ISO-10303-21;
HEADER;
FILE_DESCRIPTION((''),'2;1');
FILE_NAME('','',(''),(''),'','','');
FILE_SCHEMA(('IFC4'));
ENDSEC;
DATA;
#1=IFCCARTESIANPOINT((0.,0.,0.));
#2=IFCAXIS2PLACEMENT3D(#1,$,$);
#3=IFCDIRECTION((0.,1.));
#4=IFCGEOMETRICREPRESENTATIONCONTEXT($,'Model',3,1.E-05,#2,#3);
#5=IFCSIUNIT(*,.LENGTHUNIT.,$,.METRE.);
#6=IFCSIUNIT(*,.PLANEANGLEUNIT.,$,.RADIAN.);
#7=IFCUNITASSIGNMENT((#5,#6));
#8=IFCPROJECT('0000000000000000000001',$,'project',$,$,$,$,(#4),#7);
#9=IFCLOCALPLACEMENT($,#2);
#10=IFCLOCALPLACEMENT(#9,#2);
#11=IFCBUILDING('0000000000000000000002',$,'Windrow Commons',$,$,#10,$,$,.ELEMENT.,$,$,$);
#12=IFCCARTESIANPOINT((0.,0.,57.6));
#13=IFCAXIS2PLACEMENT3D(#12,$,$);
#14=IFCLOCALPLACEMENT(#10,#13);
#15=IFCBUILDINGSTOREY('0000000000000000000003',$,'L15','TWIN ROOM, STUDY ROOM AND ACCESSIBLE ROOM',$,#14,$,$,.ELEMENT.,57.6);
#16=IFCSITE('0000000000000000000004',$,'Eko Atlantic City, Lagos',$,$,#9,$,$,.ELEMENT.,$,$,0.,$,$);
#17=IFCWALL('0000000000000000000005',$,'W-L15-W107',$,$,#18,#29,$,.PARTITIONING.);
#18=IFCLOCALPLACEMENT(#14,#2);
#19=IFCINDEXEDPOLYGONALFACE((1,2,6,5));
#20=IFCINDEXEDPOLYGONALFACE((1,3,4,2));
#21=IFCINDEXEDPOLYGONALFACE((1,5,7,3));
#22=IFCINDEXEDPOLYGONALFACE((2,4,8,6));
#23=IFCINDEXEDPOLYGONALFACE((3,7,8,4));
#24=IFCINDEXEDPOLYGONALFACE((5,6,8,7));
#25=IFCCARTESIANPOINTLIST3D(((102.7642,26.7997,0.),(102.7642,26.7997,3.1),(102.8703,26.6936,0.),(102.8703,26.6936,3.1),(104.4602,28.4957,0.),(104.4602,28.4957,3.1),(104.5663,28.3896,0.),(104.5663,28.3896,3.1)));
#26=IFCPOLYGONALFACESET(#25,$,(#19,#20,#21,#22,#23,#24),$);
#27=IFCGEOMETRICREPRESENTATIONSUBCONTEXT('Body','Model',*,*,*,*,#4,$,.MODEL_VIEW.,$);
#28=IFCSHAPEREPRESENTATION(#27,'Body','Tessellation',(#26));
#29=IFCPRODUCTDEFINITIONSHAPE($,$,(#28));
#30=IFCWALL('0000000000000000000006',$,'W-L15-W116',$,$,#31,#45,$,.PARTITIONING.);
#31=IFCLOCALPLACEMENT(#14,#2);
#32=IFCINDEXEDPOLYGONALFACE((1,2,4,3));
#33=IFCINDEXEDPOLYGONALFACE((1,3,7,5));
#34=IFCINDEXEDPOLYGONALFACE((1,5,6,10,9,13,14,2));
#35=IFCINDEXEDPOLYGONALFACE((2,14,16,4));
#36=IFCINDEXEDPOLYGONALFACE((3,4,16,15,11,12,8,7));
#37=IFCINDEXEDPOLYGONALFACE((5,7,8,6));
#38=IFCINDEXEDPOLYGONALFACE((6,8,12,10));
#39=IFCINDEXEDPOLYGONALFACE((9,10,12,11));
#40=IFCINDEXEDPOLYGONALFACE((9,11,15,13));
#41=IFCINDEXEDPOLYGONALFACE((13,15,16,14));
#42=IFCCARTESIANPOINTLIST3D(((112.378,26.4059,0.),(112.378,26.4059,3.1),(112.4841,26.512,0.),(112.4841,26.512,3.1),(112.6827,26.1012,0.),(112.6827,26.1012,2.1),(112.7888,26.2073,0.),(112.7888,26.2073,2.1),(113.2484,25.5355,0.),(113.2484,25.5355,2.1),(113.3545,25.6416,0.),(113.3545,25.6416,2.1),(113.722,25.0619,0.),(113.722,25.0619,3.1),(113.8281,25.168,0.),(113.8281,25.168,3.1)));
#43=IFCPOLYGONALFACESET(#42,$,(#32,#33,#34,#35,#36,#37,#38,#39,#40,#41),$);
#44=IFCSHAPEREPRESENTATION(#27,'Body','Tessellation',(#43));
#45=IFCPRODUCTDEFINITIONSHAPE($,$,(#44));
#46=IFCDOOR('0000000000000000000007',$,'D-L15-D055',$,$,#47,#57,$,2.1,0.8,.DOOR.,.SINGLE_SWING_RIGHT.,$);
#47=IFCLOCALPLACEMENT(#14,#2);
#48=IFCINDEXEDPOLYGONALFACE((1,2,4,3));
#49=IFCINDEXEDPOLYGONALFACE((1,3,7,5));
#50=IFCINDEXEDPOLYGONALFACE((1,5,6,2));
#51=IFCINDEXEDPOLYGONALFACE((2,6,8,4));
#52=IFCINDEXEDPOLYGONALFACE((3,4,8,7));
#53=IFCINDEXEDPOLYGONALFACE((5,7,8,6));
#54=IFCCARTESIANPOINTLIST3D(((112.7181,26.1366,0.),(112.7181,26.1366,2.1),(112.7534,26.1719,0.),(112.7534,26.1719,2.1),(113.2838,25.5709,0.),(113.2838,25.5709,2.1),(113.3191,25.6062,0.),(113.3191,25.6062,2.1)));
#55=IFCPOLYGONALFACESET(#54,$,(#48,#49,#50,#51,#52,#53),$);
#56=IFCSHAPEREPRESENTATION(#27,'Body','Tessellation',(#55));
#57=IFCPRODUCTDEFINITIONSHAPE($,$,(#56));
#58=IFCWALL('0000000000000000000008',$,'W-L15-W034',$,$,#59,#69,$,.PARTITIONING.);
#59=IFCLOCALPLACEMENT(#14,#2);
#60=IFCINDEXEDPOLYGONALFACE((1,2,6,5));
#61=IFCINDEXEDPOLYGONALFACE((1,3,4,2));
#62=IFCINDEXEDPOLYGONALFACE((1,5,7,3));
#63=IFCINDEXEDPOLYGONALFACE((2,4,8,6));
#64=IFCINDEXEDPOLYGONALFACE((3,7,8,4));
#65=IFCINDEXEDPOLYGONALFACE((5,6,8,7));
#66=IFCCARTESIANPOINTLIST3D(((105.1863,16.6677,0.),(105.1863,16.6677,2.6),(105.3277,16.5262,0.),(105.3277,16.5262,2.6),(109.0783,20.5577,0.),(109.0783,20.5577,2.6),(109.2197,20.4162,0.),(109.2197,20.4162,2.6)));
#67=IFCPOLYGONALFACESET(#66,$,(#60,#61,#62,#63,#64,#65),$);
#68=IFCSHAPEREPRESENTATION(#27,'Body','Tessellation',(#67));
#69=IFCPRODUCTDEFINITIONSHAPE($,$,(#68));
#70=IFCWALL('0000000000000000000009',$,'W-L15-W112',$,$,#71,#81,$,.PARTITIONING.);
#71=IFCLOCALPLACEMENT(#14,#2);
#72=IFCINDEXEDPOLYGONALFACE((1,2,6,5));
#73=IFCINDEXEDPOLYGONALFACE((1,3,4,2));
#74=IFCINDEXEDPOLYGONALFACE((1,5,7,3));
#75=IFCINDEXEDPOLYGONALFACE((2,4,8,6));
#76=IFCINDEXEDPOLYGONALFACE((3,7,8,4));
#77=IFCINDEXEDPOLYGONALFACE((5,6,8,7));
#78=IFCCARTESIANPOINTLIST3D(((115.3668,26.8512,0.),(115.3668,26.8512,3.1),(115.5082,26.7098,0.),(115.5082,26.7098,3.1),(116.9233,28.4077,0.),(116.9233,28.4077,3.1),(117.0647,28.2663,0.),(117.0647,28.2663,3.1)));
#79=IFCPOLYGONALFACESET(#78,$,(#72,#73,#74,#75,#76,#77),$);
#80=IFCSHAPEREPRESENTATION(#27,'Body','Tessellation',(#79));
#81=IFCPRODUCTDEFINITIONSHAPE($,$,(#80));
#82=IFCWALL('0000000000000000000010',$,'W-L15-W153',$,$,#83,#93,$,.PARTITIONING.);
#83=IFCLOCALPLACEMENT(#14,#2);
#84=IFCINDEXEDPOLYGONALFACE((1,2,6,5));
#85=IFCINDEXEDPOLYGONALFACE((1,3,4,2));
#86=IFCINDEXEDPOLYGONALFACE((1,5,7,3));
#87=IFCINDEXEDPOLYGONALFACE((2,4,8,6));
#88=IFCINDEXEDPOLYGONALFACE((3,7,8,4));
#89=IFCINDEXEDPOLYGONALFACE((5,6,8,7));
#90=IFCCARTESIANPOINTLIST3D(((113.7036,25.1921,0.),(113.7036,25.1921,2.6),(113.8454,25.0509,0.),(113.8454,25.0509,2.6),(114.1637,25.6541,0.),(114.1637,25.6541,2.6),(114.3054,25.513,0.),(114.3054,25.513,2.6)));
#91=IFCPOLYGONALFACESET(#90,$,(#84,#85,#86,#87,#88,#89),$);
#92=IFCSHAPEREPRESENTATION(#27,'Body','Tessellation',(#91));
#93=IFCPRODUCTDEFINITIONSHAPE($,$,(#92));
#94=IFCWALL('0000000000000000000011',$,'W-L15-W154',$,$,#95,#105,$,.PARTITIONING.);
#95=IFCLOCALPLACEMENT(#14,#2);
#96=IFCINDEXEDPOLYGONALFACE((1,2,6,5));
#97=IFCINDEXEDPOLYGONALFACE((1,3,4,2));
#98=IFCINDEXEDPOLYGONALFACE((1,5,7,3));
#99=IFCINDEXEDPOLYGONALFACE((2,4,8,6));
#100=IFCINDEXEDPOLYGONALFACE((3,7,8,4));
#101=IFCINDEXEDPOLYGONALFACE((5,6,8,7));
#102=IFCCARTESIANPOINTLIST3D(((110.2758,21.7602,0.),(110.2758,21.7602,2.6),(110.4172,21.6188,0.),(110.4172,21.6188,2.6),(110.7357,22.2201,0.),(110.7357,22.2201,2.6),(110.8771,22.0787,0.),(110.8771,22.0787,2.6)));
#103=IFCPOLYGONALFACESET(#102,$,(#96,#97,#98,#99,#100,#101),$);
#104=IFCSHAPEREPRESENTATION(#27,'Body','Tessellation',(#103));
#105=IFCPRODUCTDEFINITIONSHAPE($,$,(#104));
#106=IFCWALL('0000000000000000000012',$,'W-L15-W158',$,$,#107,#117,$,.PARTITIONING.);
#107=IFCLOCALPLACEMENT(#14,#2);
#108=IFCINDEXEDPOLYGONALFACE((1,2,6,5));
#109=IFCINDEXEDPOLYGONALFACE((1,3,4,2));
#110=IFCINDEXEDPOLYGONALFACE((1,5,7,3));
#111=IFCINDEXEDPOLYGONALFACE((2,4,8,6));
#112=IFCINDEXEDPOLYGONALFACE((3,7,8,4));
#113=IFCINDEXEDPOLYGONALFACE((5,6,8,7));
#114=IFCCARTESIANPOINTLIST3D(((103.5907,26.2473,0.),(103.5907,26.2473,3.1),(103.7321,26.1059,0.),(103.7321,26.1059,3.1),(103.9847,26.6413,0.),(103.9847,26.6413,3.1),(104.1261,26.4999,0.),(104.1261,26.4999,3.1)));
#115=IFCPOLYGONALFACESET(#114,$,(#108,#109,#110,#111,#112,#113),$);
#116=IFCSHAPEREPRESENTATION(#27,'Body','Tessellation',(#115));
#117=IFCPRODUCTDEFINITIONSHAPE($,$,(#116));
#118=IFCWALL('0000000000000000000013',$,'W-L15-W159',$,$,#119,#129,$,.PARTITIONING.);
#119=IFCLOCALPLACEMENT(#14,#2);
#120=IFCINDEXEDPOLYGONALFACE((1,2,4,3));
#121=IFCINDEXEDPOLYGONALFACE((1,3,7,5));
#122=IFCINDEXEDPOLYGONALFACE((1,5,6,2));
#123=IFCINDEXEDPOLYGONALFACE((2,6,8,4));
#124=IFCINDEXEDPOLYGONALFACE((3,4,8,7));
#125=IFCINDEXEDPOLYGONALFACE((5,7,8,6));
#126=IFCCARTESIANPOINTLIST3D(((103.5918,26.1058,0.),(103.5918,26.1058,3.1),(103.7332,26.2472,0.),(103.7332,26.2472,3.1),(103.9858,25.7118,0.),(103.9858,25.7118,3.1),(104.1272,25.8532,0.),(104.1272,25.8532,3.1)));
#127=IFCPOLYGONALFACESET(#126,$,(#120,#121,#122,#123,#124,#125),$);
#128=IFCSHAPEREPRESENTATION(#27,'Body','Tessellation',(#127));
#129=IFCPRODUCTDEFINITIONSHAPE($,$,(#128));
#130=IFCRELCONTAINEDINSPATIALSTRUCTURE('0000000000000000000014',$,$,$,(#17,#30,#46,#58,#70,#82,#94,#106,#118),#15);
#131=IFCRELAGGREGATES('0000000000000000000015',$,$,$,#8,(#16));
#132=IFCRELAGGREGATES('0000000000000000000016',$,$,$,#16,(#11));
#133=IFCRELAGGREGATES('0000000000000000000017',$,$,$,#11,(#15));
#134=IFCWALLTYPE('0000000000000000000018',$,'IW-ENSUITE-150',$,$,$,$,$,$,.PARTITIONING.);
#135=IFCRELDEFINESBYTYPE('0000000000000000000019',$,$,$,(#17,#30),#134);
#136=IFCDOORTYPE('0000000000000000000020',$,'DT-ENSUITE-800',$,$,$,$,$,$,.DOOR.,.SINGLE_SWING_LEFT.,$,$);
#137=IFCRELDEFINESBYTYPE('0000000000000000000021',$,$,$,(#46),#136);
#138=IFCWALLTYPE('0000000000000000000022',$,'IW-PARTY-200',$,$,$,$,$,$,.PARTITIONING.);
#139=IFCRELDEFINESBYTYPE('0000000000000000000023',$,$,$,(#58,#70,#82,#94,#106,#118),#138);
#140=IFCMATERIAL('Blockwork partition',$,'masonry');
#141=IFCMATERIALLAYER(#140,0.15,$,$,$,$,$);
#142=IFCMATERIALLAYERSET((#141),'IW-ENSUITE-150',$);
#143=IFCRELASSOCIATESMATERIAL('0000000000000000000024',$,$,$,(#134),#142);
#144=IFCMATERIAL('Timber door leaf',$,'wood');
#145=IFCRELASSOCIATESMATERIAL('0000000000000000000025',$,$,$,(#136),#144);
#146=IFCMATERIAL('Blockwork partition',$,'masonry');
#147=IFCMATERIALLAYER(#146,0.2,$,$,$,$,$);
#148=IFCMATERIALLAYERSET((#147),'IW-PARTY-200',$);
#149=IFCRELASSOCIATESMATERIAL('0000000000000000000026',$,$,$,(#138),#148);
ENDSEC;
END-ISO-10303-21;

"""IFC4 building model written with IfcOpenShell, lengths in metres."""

from ifc_helpers import new_model, si_unit, direction, frame, frame_2d, origin, place, context, subcontext, project, spatial, rectangle, extrude, material, layer, layer_set, type_object, element, fill, save


model = new_model("IFC4")

# Units and contexts
model_context = context("Model", 3, precision=1e-05, world=origin(), true_north=direction((0.0, 1.0)))
body_context = subcontext(model_context, "Body", "Model", "MODEL_VIEW")
ifc_project = project(units=[si_unit("LENGTHUNIT", "METRE"), si_unit("PLANEANGLEUNIT", "RADIAN")], contexts=[model_context])

# Site, building, storey
site_placement = place(None, origin())
site = spatial("IfcSite", under=ifc_project, at=site_placement, Name="Eko Atlantic City, Lagos", CompositionType="ELEMENT", RefElevation=0.0)
building_placement = place(site_placement, origin())
building = spatial("IfcBuilding", under=site, at=building_placement, Name="Windrow Commons", CompositionType="ELEMENT")
storey_placement = place(building_placement, frame((0.0, 0.0, 57.6)))
storey = spatial("IfcBuildingStorey", under=building, at=storey_placement, Name="L15", Description="TWIN ROOM, STUDY ROOM AND ACCESSIBLE ROOM", CompositionType="ELEMENT", Elevation=57.6)

# Wall
ifc_material_1 = material(Name="Blockwork partition", Category="masonry")
ifc_layer_1 = layer(ifc_material_1, 0.15)
ifc_layer_set_1 = layer_set([ifc_layer_1], Name="IW-ENSUITE-150")
wall_type_1 = type_object("IfcWallType", Name="IW-ENSUITE-150", PredefinedType="PARTITIONING", material=ifc_layer_set_1)
wall_1_placement = place(storey_placement, frame((102.8173, 26.7467, 0.0), z_axis=(0.0, 0.0, 1.0), x_axis=(0.707107, 0.707107, 0.0)))
element("IfcWall", 1, at=wall_1_placement, inside=storey, type_object=wall_type_1, Name="W-L15-W107", PredefinedType="PARTITIONING", context=body_context, shape_type="SweptSolid", body=[
    extrude(rectangle(XDim=2.3985, YDim=0.15, at=frame_2d((1.1992, 0.0))), origin(), (0.0, 0.0, 1.0), 3.1),
])

# Wall, opening, door
wall_2_placement = place(storey_placement, frame((112.431, 26.459, 0.0), z_axis=(0.0, 0.0, 1.0), x_axis=(0.707107, -0.707107, 0.0)))
wall_2 = element("IfcWall", 2, at=wall_2_placement, inside=storey, type_object=wall_type_1, Name="W-L15-W116", PredefinedType="PARTITIONING", context=body_context, shape_type="SweptSolid", body=[
    extrude(rectangle(XDim=1.9007, YDim=0.15, at=frame_2d((0.9504, 0.0))), origin(), (0.0, 0.0, 1.0), 3.1),
])
opening_1_placement = place(wall_2_placement, frame((0.431, 0.0, 0.0)))
opening_1 = element("IfcOpeningElement", 3, at=opening_1_placement, cuts=wall_2, PredefinedType="OPENING", context=body_context, shape_type="SweptSolid", body=[
    extrude(rectangle(XDim=0.8, YDim=2.1, at=frame_2d((0.4, 1.05))), frame((0.0, 0.085, 0.0), z_axis=(0.0, -1.0, 0.0), x_axis=(1.0, 0.0, 0.0)), (0.0, 0.0, 1.0), 0.17),
])
ifc_material_2 = material(Name="Timber door leaf", Category="wood")
door_type = type_object("IfcDoorType", Name="DT-ENSUITE-800", OperationType="SINGLE_SWING_LEFT", PredefinedType="DOOR", material=ifc_material_2)
door_placement = place(opening_1_placement, origin())
door = element("IfcDoor", 4, at=door_placement, inside=storey, type_object=door_type, Name="D-L15-D055", OperationType="SINGLE_SWING_RIGHT", OverallHeight=2.1, OverallWidth=0.8, PredefinedType="DOOR", context=body_context, shape_type="SweptSolid", body=[
    extrude(rectangle(XDim=0.8, YDim=2.1, at=frame_2d((0.4, 1.05))), frame((0.0, 0.025, 0.0), z_axis=(0.0, -1.0, 0.0), x_axis=(1.0, 0.0, 0.0)), (0.0, 0.0, 1.0), 0.05),
])
fill(opening_1, door)

# Walls
ifc_material_3 = material(Name="Blockwork partition", Category="masonry")
ifc_layer_2 = layer(ifc_material_3, 0.2)
ifc_layer_set_2 = layer_set([ifc_layer_2], Name="IW-PARTY-200")
wall_type_2 = type_object("IfcWallType", Name="IW-PARTY-200", PredefinedType="PARTITIONING", material=ifc_layer_set_2)
wall_3_placement = place(storey_placement, frame((105.257, 16.597, 0.0), z_axis=(0.0, 0.0, 1.0), x_axis=(0.707288, 0.706925, 0.0)))
element("IfcWall", 5, at=wall_3_placement, inside=storey, type_object=wall_type_2, Name="W-L15-W034", PredefinedType="PARTITIONING", context=body_context, shape_type="SweptSolid", body=[
    extrude(rectangle(XDim=5.5027, YDim=0.2, at=frame_2d((2.7513, 0.0))), origin(), (0.0, 0.0, 1.0), 2.6),
])
wall_4_placement = place(storey_placement, frame((115.4375, 26.7805, 0.0), z_axis=(0.0, 0.0, 1.0), x_axis=(0.707107, 0.707107, 0.0)))
element("IfcWall", 6, at=wall_4_placement, inside=storey, type_object=wall_type_2, Name="W-L15-W112", PredefinedType="PARTITIONING", context=body_context, shape_type="SweptSolid", body=[
    extrude(rectangle(XDim=2.2012, YDim=0.2, at=frame_2d((1.1006, 0.0))), origin(), (0.0, 0.0, 1.0), 3.1),
])
wall_5_placement = place(storey_placement, frame((113.7745, 25.1215, 0.0), z_axis=(0.0, 0.0, 1.0), x_axis=(0.705571, 0.708639, 0.0)))
element("IfcWall", 7, at=wall_5_placement, inside=storey, type_object=wall_type_2, Name="W-L15-W153", PredefinedType="PARTITIONING", context=body_context, shape_type="SweptSolid", body=[
    extrude(rectangle(XDim=0.652, YDim=0.2, at=frame_2d((0.326, 0.0))), origin(), (0.0, 0.0, 1.0), 2.6),
])
wall_6_placement = place(storey_placement, frame((110.3465, 21.6895, 0.0), z_axis=(0.0, 0.0, 1.0), x_axis=(0.707107, 0.707107, 0.0)))
element("IfcWall", 8, at=wall_6_placement, inside=storey, type_object=wall_type_2, Name="W-L15-W154", PredefinedType="PARTITIONING", context=body_context, shape_type="SweptSolid", body=[
    extrude(rectangle(XDim=0.6505, YDim=0.2, at=frame_2d((0.3252, 0.0))), origin(), (0.0, 0.0, 1.0), 2.6),
])
for number, where, z_axis, x_axis, name in (
    (9, (103.6614, 26.1766, 0.0), (0.0, 0.0, 1.0), (0.707107, 0.707107, 0.0), "W-L15-W158"),
    (10, (103.6625, 26.1765, 0.0), (0.0, 0.0, 1.0), (0.707107, -0.707107, 0.0), "W-L15-W159"),
):
    element("IfcWall", number, at=place(storey_placement, frame(where, z_axis=z_axis, x_axis=x_axis)), inside=storey, type_object=wall_type_2, Name=name, PredefinedType="PARTITIONING", context=body_context, shape_type="SweptSolid", body=[
        extrude(rectangle(XDim=0.5572, YDim=0.2, at=frame_2d((0.2786, 0.0))), origin(), (0.0, 0.0, 1.0), 3.1),
    ])

save(model, "model.ifc")
